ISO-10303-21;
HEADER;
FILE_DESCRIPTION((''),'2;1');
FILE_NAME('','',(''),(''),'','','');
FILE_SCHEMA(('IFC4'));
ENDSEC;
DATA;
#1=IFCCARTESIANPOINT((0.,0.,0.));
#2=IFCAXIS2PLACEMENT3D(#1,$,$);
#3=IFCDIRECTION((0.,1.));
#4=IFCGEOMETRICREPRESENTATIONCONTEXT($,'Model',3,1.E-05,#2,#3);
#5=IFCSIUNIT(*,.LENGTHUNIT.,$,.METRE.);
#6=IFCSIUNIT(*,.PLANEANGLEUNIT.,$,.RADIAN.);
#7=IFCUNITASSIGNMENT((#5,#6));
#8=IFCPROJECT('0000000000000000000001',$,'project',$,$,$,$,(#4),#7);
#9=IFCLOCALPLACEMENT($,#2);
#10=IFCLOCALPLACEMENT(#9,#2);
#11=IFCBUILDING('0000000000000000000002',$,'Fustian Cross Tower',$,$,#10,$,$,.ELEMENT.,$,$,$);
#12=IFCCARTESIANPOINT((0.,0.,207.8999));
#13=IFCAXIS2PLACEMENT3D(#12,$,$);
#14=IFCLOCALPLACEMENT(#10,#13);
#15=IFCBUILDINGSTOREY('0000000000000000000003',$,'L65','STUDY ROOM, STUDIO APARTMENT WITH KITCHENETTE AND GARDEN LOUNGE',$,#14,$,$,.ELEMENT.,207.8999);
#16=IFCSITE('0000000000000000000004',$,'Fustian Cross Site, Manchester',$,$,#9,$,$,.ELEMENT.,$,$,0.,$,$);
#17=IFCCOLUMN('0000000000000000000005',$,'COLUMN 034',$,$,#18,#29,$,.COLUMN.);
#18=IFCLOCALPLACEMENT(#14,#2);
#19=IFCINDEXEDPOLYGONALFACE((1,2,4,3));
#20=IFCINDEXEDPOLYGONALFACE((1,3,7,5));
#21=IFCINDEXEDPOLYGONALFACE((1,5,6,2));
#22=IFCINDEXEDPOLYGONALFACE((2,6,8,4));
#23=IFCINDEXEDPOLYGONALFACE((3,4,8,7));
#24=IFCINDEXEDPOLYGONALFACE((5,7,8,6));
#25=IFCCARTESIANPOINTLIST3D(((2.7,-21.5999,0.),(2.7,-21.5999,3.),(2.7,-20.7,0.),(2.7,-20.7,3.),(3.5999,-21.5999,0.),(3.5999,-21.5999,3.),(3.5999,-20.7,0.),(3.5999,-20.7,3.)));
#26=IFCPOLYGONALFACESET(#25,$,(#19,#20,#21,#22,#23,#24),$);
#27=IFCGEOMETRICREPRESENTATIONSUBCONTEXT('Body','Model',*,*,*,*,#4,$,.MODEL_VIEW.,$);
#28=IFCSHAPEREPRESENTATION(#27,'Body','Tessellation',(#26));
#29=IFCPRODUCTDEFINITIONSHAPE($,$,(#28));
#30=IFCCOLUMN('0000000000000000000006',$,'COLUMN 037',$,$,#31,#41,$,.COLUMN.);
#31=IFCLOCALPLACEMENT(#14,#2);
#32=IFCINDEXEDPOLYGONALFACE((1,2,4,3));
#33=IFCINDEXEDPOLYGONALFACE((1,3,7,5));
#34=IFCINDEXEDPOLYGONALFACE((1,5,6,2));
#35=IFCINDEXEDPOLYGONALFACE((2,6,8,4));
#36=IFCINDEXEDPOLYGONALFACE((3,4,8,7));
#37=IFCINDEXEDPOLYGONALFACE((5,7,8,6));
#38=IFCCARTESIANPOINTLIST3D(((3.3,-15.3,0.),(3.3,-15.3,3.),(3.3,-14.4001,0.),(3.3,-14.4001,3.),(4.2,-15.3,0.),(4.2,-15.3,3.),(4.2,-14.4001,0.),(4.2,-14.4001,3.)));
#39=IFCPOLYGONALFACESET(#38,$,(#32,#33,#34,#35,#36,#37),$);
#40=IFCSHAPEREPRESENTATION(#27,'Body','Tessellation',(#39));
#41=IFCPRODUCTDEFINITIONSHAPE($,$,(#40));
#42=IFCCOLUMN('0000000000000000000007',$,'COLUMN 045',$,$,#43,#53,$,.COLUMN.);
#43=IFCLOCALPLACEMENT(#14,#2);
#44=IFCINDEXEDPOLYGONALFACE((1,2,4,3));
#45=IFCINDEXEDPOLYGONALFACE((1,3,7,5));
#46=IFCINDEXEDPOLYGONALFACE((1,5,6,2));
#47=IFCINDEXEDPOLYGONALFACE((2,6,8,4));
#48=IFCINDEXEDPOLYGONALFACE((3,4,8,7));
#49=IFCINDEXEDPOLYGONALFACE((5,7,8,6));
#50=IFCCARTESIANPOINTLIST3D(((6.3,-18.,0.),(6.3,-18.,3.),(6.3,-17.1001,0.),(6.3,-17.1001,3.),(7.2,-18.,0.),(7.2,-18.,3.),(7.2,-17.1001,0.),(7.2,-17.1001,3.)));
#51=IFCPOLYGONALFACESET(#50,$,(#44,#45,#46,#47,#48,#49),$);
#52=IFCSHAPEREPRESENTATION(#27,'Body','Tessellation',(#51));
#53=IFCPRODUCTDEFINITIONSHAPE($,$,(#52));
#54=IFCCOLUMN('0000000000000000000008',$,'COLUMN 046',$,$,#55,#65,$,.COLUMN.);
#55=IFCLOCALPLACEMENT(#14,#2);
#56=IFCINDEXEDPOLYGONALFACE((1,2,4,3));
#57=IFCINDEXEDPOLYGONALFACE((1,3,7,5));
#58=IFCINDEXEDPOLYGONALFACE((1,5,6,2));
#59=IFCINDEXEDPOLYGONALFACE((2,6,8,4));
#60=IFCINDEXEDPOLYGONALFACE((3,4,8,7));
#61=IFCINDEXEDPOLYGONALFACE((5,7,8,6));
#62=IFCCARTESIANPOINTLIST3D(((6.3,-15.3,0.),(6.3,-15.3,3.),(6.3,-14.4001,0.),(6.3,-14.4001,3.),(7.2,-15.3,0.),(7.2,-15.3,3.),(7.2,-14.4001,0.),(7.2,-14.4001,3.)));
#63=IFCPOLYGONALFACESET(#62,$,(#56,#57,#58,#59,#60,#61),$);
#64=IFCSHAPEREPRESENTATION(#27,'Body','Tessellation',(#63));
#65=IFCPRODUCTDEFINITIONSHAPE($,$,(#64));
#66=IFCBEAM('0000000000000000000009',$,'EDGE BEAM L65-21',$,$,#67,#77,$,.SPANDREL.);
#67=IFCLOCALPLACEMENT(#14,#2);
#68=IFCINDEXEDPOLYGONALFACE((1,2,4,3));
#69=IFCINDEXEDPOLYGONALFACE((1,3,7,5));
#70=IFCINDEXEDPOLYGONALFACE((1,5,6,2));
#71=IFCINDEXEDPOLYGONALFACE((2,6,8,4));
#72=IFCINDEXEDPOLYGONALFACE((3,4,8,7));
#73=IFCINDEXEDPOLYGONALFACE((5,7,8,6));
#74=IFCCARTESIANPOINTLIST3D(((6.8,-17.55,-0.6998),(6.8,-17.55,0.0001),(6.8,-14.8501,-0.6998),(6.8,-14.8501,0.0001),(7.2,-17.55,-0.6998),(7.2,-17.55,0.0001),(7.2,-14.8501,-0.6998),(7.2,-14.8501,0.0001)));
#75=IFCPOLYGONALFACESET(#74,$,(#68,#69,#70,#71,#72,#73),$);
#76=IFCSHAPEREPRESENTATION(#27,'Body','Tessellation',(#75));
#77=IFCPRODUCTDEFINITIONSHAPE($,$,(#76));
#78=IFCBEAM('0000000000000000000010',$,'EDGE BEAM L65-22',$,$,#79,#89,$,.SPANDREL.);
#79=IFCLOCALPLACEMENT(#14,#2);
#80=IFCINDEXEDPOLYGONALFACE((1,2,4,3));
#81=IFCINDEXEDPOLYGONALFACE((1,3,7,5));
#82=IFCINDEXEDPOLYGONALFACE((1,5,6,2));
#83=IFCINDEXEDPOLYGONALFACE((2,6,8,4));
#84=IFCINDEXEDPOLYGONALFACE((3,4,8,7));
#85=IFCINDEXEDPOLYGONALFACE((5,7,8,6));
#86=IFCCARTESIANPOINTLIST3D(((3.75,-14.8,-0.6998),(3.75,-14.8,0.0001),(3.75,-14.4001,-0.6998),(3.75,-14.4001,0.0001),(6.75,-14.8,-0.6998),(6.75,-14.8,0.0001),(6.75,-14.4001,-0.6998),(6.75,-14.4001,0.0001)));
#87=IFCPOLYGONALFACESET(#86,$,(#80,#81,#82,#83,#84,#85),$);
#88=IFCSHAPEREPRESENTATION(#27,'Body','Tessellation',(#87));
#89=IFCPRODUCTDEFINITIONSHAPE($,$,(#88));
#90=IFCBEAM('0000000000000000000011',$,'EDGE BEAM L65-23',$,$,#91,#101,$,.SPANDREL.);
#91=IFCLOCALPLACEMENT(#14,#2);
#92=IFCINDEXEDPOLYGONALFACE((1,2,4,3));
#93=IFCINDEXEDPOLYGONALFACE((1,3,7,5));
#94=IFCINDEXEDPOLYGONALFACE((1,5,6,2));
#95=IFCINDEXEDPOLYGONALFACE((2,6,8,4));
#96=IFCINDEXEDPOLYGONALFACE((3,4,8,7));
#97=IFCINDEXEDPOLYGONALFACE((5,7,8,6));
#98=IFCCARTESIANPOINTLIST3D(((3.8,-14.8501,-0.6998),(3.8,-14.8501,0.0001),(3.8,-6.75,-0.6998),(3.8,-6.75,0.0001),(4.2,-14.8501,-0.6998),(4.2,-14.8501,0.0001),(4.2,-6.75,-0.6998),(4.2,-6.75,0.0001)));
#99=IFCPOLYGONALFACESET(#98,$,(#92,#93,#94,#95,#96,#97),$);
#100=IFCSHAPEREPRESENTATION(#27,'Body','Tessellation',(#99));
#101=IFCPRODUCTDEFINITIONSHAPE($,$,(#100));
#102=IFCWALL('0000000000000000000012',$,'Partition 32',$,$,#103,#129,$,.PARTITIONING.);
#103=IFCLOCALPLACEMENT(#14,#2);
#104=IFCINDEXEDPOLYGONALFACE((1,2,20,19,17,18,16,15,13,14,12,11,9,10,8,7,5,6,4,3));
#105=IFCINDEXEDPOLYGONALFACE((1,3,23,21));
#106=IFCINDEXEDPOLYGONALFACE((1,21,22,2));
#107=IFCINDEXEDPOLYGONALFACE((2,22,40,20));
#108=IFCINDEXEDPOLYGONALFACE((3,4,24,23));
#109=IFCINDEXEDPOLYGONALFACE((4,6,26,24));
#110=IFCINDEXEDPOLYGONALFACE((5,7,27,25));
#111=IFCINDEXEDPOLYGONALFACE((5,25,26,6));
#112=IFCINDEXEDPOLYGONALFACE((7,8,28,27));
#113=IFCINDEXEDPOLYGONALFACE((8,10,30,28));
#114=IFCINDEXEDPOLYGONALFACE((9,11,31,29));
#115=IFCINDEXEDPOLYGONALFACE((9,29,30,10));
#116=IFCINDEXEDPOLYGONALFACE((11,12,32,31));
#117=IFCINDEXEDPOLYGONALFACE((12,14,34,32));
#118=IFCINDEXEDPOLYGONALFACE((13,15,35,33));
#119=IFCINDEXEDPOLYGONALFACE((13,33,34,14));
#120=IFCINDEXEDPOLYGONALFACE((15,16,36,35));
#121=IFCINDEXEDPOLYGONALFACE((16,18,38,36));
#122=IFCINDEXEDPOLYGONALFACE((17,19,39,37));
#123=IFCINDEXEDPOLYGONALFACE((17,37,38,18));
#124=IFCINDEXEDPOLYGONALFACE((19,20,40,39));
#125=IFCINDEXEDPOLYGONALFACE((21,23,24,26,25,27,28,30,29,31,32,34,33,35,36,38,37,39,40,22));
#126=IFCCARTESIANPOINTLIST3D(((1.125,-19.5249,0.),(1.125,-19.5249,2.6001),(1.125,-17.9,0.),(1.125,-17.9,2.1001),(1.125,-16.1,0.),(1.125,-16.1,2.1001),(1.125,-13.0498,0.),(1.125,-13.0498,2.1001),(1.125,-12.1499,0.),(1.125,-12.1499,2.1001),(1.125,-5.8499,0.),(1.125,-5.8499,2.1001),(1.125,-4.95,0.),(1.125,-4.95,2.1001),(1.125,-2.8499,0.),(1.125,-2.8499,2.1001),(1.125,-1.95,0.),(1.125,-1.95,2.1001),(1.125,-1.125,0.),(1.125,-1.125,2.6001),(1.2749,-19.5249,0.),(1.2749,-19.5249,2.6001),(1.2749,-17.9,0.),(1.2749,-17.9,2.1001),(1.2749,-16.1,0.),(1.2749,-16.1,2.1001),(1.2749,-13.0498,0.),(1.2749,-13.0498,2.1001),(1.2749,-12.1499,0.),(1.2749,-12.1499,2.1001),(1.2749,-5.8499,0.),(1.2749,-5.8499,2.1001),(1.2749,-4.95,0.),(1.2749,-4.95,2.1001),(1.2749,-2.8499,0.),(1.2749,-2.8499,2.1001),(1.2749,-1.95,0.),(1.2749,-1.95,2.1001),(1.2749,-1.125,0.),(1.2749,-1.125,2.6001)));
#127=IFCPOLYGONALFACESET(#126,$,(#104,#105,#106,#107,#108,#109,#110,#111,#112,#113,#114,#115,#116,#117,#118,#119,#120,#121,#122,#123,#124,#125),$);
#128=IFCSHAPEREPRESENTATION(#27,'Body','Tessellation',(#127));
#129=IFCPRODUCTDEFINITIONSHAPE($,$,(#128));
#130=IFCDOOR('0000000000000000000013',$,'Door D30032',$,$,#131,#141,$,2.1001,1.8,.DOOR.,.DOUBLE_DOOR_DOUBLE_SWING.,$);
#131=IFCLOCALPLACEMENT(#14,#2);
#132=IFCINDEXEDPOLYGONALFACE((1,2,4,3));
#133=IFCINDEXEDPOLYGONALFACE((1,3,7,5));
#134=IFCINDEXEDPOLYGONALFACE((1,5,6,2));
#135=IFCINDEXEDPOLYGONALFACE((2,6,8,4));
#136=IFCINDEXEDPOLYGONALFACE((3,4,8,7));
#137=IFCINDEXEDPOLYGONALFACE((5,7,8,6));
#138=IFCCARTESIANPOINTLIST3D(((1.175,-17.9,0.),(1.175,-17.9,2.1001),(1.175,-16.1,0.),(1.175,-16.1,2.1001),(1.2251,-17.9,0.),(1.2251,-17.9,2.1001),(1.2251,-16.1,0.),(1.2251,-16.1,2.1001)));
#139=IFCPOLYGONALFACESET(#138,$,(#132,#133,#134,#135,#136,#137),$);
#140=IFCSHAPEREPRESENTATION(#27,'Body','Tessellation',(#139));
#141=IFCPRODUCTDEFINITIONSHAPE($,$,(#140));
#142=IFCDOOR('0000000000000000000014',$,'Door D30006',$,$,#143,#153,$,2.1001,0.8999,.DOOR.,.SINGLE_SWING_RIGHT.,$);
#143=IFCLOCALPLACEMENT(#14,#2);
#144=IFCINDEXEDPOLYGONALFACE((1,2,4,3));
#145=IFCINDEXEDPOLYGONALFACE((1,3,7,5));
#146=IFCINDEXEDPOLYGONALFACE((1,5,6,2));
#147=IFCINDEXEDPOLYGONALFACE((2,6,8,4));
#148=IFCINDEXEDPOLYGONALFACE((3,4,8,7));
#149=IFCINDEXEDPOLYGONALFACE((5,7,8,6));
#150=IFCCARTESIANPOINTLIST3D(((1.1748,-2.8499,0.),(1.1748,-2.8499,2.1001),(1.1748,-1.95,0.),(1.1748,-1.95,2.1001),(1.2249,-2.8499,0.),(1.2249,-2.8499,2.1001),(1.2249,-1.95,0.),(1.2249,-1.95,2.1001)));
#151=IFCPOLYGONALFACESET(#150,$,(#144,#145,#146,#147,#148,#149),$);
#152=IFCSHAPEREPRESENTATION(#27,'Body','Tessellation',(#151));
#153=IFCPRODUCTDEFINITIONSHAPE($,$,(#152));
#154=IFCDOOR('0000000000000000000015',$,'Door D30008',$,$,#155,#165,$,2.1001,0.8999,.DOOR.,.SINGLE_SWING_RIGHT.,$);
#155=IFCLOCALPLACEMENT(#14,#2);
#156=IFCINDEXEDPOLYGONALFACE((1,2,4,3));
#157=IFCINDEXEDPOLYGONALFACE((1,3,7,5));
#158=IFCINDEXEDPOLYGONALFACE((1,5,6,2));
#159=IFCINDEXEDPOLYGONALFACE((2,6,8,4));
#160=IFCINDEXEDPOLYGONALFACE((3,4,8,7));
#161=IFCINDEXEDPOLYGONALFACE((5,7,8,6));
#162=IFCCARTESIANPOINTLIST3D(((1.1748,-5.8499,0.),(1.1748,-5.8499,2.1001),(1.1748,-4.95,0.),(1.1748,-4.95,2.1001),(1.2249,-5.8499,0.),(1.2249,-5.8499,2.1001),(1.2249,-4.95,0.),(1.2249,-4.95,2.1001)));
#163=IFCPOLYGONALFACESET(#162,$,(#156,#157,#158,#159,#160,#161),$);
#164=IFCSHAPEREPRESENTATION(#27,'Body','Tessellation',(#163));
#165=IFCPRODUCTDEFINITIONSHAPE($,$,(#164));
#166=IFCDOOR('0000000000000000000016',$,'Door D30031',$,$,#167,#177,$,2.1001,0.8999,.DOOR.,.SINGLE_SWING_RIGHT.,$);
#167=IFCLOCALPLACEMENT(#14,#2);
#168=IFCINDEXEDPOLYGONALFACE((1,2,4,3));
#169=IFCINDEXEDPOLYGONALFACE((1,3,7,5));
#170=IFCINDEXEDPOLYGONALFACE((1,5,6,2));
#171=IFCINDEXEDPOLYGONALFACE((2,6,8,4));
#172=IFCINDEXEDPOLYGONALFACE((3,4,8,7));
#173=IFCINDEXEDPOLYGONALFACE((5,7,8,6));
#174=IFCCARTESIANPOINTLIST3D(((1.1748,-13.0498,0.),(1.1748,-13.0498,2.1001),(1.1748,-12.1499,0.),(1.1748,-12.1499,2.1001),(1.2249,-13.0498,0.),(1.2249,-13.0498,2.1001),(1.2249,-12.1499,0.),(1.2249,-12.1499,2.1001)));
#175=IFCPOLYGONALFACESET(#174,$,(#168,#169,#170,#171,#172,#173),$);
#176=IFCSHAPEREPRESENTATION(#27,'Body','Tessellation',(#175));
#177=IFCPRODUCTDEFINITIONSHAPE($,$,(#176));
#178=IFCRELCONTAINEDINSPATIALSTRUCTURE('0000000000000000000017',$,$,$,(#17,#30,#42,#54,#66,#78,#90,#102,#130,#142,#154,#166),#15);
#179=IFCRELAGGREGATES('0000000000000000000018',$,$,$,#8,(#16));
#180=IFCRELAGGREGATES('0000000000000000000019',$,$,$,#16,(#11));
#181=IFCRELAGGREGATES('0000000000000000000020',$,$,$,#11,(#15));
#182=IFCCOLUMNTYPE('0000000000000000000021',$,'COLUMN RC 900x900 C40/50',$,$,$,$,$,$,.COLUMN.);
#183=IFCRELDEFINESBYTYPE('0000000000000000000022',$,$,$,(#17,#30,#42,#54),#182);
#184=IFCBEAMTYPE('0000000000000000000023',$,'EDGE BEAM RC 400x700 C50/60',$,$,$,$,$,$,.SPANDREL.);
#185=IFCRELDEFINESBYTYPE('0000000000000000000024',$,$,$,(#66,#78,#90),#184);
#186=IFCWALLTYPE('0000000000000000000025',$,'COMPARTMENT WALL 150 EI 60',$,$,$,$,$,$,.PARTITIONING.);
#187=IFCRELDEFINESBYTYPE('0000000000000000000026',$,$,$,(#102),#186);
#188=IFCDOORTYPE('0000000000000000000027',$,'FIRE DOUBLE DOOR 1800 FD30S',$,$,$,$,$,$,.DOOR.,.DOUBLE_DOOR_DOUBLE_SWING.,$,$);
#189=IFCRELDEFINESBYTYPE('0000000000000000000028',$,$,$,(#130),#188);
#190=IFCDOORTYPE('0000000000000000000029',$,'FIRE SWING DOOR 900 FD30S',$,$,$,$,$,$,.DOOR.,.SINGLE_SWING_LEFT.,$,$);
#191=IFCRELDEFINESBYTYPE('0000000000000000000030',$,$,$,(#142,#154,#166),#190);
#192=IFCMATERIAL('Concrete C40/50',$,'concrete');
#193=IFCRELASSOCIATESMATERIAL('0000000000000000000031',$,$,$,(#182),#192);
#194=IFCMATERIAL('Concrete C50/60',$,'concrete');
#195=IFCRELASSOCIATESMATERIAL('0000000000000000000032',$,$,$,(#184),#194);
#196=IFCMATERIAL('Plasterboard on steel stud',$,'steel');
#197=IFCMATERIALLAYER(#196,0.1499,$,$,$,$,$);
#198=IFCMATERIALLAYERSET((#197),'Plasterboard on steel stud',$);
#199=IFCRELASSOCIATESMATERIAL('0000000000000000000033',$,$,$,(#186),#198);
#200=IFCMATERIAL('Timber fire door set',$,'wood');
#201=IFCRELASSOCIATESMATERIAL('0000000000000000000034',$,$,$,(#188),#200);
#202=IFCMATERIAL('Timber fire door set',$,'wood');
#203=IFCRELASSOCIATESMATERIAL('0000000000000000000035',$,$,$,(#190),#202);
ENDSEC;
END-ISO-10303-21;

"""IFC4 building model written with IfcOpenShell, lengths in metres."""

from ifc_helpers import new_model, si_unit, direction, frame, frame_2d, origin, origin_2d, place, context, subcontext, project, spatial, rectangle, extrude, material, layer, layer_set, material_profile, profile_set, type_object, element, fill, save


model = new_model("IFC4")

# Units and contexts
model_context = context("Model", 3, precision=1e-05, world=origin(), true_north=direction((0.0, 1.0)))
body_context = subcontext(model_context, "Body", "Model", "MODEL_VIEW")
ifc_project = project(units=[si_unit("LENGTHUNIT", "METRE"), si_unit("PLANEANGLEUNIT", "RADIAN")], contexts=[model_context])

# Site, building, storey
site_placement = place(None, origin())
site = spatial("IfcSite", under=ifc_project, at=site_placement, Name="Fustian Cross Site, Manchester", CompositionType="ELEMENT", RefElevation=0.0)
building_placement = place(site_placement, origin())
building = spatial("IfcBuilding", under=site, at=building_placement, Name="Fustian Cross Tower", CompositionType="ELEMENT")
storey_placement = place(building_placement, frame((0.0, 0.0, 207.8999)))
storey = spatial("IfcBuildingStorey", under=building, at=storey_placement, Name="L65", Description="STUDY ROOM, STUDIO APARTMENT WITH KITCHENETTE AND GARDEN LOUNGE", CompositionType="ELEMENT", Elevation=207.8999)

# Columns
ifc_material_1 = material(Name="Concrete C40/50", Category="concrete")
ifc_material_profile_1 = material_profile(ifc_material_1, rectangle(XDim=0.8999, YDim=0.8999, at=origin_2d()), Name="RC 900x900")
ifc_profile_set_1 = profile_set([ifc_material_profile_1], Name="Concrete C40/50")
column_type = type_object("IfcColumnType", Name="COLUMN RC 900x900 C40/50", PredefinedType="COLUMN", material=ifc_profile_set_1)
for number, where, z_axis, x_axis, name in (
    (1, (3.1499, -21.1499, 0.0), (0.0, 0.0, 1.0), (1.0, 0.0, 0.0), "COLUMN 034"),
    (2, (3.75, -14.8501, 0.0), (0.0, 0.0, 1.0), (1.0, 0.0, 0.0), "COLUMN 037"),
    (3, (6.75, -17.55, 0.0), (0.0, 0.0, 1.0), (1.0, 0.0, 0.0), "COLUMN 045"),
    (4, (6.75, -14.8501, 0.0), (0.0, 0.0, 1.0), (1.0, 0.0, 0.0), "COLUMN 046"),
):
    element("IfcColumn", number, at=place(storey_placement, frame(where, z_axis=z_axis, x_axis=x_axis)), inside=storey, type_object=column_type, Name=name, PredefinedType="COLUMN", context=body_context, shape_type="SweptSolid", body=[
        extrude(rectangle(XDim=0.8999, YDim=0.8999, at=origin_2d()), origin(), (0.0, 0.0, 1.0), 3.0),
    ])

# Beams
ifc_material_2 = material(Name="Concrete C50/60", Category="concrete")
ifc_material_profile_2 = material_profile(ifc_material_2, rectangle(XDim=0.3999, YDim=0.7, at=origin_2d()), Name="RC 400x700")
ifc_profile_set_2 = profile_set([ifc_material_profile_2], Name="Concrete C50/60")
beam_type = type_object("IfcBeamType", Name="EDGE BEAM RC 400x700 C50/60", PredefinedType="SPANDREL", material=ifc_profile_set_2)
beam_1_placement = place(storey_placement, frame((7.0, -17.55, -0.3499), z_axis=(0.0, 1.0, 0.0), x_axis=(-1.0, 0.0, 0.0)))
element("IfcBeam", 5, at=beam_1_placement, inside=storey, type_object=beam_type, Name="EDGE BEAM L65-21", PredefinedType="SPANDREL", context=body_context, shape_type="SweptSolid", body=[
    extrude(rectangle(XDim=0.3999, YDim=0.7, at=origin_2d()), origin(), (0.0, 0.0, 1.0), 2.7),
])
beam_2_placement = place(storey_placement, frame((6.75, -14.6001, -0.3499), z_axis=(-1.0, 0.0, 0.0), x_axis=(0.0, -1.0, 0.0)))
element("IfcBeam", 6, at=beam_2_placement, inside=storey, type_object=beam_type, Name="EDGE BEAM L65-22", PredefinedType="SPANDREL", context=body_context, shape_type="SweptSolid", body=[
    extrude(rectangle(XDim=0.3999, YDim=0.7, at=origin_2d()), origin(), (0.0, 0.0, 1.0), 3.0),
])
beam_3_placement = place(storey_placement, frame((4.0, -14.8501, -0.3499), z_axis=(0.0, 1.0, 0.0), x_axis=(-1.0, 0.0, 0.0)))
element("IfcBeam", 7, at=beam_3_placement, inside=storey, type_object=beam_type, Name="EDGE BEAM L65-23", PredefinedType="SPANDREL", context=body_context, shape_type="SweptSolid", body=[
    extrude(rectangle(XDim=0.3999, YDim=0.7, at=origin_2d()), origin(), (0.0, 0.0, 1.0), 8.1001),
])

# Wall, openings, doors
ifc_material_3 = material(Name="Plasterboard on steel stud", Category="steel")
ifc_layer_1 = layer(ifc_material_3, 0.1499)
ifc_layer_set_1 = layer_set([ifc_layer_1], Name="Plasterboard on steel stud")
wall_type_1 = type_object("IfcWallType", Name="COMPARTMENT WALL 150 EI 60", PredefinedType="PARTITIONING", material=ifc_layer_set_1)
wall_1_placement = place(storey_placement, frame((1.2, -19.5249, 0.0), z_axis=(0.0, 0.0, 1.0), x_axis=(0.0, 1.0, 0.0)))
wall_1 = element("IfcWall", 8, at=wall_1_placement, inside=storey, type_object=wall_type_1, Name="Partition 32", PredefinedType="PARTITIONING", context=body_context, shape_type="SweptSolid", body=[
    extrude(rectangle(XDim=18.3999, YDim=0.1499, at=frame_2d((9.2, 0.0))), origin(), (0.0, 0.0, 1.0), 2.6001),
])
opening_1_placement = place(wall_1_placement, frame((16.675, 0.0, 0.0)))
opening_1 = element("IfcOpeningElement", 9, at=opening_1_placement, cuts=wall_1, PredefinedType="OPENING", context=body_context, shape_type="SweptSolid", body=[
    extrude(rectangle(XDim=0.8999, YDim=2.1001, at=frame_2d((0.45, 1.05))), frame((0.0, 0.085, 0.0), z_axis=(0.0, -1.0, 0.0), x_axis=(1.0, 0.0, 0.0)), (0.0, 0.0, 1.0), 0.1699),
])
opening_2_placement = place(wall_1_placement, frame((13.675, 0.0, 0.0)))
opening_2 = element("IfcOpeningElement", 10, at=opening_2_placement, cuts=wall_1, PredefinedType="OPENING", context=body_context, shape_type="SweptSolid", body=[
    extrude(rectangle(XDim=0.8999, YDim=2.1001, at=frame_2d((0.45, 1.05))), frame((0.0, 0.085, 0.0), z_axis=(0.0, -1.0, 0.0), x_axis=(1.0, 0.0, 0.0)), (0.0, 0.0, 1.0), 0.1699),
])
opening_3_placement = place(wall_1_placement, frame((6.4751, 0.0, 0.0)))
opening_3 = element("IfcOpeningElement", 11, at=opening_3_placement, cuts=wall_1, PredefinedType="OPENING", context=body_context, shape_type="SweptSolid", body=[
    extrude(rectangle(XDim=0.8999, YDim=2.1001, at=frame_2d((0.45, 1.05))), frame((0.0, 0.085, 0.0), z_axis=(0.0, -1.0, 0.0), x_axis=(1.0, 0.0, 0.0)), (0.0, 0.0, 1.0), 0.1699),
])
opening_4_placement = place(wall_1_placement, frame((1.625, 0.0, 0.0)))
opening_4 = element("IfcOpeningElement", 12, at=opening_4_placement, cuts=wall_1, PredefinedType="OPENING", context=body_context, shape_type="SweptSolid", body=[
    extrude(rectangle(XDim=1.8, YDim=2.1001, at=frame_2d((0.8999, 1.05))), frame((0.0, 0.085, 0.0), z_axis=(0.0, -1.0, 0.0), x_axis=(1.0, 0.0, 0.0)), (0.0, 0.0, 1.0), 0.1699),
])
ifc_material_4 = material(Name="Timber fire door set", Category="wood")
door_type_1 = type_object("IfcDoorType", Name="FIRE DOUBLE DOOR 1800 FD30S", OperationType="DOUBLE_DOOR_DOUBLE_SWING", PredefinedType="DOOR", material=ifc_material_4)
door_1_placement = place(opening_4_placement, origin())
door_1 = element("IfcDoor", 13, at=door_1_placement, inside=storey, type_object=door_type_1, Name="Door D30032", OperationType="DOUBLE_DOOR_DOUBLE_SWING", OverallHeight=2.1001, OverallWidth=1.8, PredefinedType="DOOR", context=body_context, shape_type="SweptSolid", body=[
    extrude(rectangle(XDim=1.8, YDim=2.1001, at=frame_2d((0.8999, 1.05))), frame((0.0, 0.0249, 0.0), z_axis=(0.0, -1.0, 0.0), x_axis=(1.0, 0.0, 0.0)), (0.0, 0.0, 1.0), 0.05),
])
fill(opening_4, door_1)
ifc_material_5 = material(Name="Timber fire door set", Category="wood")
door_type_2 = type_object("IfcDoorType", Name="FIRE SWING DOOR 900 FD30S", OperationType="SINGLE_SWING_LEFT", PredefinedType="DOOR", material=ifc_material_5)
door_2_placement = place(opening_1_placement, frame((0.8999, 0.0, 0.0), z_axis=(0.0, 0.0, 1.0), x_axis=(-1.0, 0.0, 0.0)))
door_2 = element("IfcDoor", 14, at=door_2_placement, inside=storey, type_object=door_type_2, Name="Door D30006", OperationType="SINGLE_SWING_RIGHT", OverallHeight=2.1001, OverallWidth=0.8999, PredefinedType="DOOR", context=body_context, shape_type="SweptSolid", body=[
    extrude(rectangle(XDim=0.8999, YDim=2.1001, at=frame_2d((0.45, 1.05))), frame((0.0, 0.0249, 0.0), z_axis=(0.0, -1.0, 0.0), x_axis=(1.0, 0.0, 0.0)), (0.0, 0.0, 1.0), 0.05),
])
fill(opening_1, door_2)
door_3_placement = place(opening_2_placement, frame((0.8999, 0.0, 0.0), z_axis=(0.0, 0.0, 1.0), x_axis=(-1.0, 0.0, 0.0)))
door_3 = element("IfcDoor", 15, at=door_3_placement, inside=storey, type_object=door_type_2, Name="Door D30008", OperationType="SINGLE_SWING_RIGHT", OverallHeight=2.1001, OverallWidth=0.8999, PredefinedType="DOOR", context=body_context, shape_type="SweptSolid", body=[
    extrude(rectangle(XDim=0.8999, YDim=2.1001, at=frame_2d((0.45, 1.05))), frame((0.0, 0.0249, 0.0), z_axis=(0.0, -1.0, 0.0), x_axis=(1.0, 0.0, 0.0)), (0.0, 0.0, 1.0), 0.05),
])
fill(opening_2, door_3)
door_4_placement = place(opening_3_placement, frame((0.8999, 0.0, 0.0), z_axis=(0.0, 0.0, 1.0), x_axis=(-1.0, 0.0, 0.0)))
door_4 = element("IfcDoor", 16, at=door_4_placement, inside=storey, type_object=door_type_2, Name="Door D30031", OperationType="SINGLE_SWING_RIGHT", OverallHeight=2.1001, OverallWidth=0.8999, PredefinedType="DOOR", context=body_context, shape_type="SweptSolid", body=[
    extrude(rectangle(XDim=0.8999, YDim=2.1001, at=frame_2d((0.45, 1.05))), frame((0.0, 0.0249, 0.0), z_axis=(0.0, -1.0, 0.0), x_axis=(1.0, 0.0, 0.0)), (0.0, 0.0, 1.0), 0.05),
])
fill(opening_3, door_4)

save(model, "model.ifc")
